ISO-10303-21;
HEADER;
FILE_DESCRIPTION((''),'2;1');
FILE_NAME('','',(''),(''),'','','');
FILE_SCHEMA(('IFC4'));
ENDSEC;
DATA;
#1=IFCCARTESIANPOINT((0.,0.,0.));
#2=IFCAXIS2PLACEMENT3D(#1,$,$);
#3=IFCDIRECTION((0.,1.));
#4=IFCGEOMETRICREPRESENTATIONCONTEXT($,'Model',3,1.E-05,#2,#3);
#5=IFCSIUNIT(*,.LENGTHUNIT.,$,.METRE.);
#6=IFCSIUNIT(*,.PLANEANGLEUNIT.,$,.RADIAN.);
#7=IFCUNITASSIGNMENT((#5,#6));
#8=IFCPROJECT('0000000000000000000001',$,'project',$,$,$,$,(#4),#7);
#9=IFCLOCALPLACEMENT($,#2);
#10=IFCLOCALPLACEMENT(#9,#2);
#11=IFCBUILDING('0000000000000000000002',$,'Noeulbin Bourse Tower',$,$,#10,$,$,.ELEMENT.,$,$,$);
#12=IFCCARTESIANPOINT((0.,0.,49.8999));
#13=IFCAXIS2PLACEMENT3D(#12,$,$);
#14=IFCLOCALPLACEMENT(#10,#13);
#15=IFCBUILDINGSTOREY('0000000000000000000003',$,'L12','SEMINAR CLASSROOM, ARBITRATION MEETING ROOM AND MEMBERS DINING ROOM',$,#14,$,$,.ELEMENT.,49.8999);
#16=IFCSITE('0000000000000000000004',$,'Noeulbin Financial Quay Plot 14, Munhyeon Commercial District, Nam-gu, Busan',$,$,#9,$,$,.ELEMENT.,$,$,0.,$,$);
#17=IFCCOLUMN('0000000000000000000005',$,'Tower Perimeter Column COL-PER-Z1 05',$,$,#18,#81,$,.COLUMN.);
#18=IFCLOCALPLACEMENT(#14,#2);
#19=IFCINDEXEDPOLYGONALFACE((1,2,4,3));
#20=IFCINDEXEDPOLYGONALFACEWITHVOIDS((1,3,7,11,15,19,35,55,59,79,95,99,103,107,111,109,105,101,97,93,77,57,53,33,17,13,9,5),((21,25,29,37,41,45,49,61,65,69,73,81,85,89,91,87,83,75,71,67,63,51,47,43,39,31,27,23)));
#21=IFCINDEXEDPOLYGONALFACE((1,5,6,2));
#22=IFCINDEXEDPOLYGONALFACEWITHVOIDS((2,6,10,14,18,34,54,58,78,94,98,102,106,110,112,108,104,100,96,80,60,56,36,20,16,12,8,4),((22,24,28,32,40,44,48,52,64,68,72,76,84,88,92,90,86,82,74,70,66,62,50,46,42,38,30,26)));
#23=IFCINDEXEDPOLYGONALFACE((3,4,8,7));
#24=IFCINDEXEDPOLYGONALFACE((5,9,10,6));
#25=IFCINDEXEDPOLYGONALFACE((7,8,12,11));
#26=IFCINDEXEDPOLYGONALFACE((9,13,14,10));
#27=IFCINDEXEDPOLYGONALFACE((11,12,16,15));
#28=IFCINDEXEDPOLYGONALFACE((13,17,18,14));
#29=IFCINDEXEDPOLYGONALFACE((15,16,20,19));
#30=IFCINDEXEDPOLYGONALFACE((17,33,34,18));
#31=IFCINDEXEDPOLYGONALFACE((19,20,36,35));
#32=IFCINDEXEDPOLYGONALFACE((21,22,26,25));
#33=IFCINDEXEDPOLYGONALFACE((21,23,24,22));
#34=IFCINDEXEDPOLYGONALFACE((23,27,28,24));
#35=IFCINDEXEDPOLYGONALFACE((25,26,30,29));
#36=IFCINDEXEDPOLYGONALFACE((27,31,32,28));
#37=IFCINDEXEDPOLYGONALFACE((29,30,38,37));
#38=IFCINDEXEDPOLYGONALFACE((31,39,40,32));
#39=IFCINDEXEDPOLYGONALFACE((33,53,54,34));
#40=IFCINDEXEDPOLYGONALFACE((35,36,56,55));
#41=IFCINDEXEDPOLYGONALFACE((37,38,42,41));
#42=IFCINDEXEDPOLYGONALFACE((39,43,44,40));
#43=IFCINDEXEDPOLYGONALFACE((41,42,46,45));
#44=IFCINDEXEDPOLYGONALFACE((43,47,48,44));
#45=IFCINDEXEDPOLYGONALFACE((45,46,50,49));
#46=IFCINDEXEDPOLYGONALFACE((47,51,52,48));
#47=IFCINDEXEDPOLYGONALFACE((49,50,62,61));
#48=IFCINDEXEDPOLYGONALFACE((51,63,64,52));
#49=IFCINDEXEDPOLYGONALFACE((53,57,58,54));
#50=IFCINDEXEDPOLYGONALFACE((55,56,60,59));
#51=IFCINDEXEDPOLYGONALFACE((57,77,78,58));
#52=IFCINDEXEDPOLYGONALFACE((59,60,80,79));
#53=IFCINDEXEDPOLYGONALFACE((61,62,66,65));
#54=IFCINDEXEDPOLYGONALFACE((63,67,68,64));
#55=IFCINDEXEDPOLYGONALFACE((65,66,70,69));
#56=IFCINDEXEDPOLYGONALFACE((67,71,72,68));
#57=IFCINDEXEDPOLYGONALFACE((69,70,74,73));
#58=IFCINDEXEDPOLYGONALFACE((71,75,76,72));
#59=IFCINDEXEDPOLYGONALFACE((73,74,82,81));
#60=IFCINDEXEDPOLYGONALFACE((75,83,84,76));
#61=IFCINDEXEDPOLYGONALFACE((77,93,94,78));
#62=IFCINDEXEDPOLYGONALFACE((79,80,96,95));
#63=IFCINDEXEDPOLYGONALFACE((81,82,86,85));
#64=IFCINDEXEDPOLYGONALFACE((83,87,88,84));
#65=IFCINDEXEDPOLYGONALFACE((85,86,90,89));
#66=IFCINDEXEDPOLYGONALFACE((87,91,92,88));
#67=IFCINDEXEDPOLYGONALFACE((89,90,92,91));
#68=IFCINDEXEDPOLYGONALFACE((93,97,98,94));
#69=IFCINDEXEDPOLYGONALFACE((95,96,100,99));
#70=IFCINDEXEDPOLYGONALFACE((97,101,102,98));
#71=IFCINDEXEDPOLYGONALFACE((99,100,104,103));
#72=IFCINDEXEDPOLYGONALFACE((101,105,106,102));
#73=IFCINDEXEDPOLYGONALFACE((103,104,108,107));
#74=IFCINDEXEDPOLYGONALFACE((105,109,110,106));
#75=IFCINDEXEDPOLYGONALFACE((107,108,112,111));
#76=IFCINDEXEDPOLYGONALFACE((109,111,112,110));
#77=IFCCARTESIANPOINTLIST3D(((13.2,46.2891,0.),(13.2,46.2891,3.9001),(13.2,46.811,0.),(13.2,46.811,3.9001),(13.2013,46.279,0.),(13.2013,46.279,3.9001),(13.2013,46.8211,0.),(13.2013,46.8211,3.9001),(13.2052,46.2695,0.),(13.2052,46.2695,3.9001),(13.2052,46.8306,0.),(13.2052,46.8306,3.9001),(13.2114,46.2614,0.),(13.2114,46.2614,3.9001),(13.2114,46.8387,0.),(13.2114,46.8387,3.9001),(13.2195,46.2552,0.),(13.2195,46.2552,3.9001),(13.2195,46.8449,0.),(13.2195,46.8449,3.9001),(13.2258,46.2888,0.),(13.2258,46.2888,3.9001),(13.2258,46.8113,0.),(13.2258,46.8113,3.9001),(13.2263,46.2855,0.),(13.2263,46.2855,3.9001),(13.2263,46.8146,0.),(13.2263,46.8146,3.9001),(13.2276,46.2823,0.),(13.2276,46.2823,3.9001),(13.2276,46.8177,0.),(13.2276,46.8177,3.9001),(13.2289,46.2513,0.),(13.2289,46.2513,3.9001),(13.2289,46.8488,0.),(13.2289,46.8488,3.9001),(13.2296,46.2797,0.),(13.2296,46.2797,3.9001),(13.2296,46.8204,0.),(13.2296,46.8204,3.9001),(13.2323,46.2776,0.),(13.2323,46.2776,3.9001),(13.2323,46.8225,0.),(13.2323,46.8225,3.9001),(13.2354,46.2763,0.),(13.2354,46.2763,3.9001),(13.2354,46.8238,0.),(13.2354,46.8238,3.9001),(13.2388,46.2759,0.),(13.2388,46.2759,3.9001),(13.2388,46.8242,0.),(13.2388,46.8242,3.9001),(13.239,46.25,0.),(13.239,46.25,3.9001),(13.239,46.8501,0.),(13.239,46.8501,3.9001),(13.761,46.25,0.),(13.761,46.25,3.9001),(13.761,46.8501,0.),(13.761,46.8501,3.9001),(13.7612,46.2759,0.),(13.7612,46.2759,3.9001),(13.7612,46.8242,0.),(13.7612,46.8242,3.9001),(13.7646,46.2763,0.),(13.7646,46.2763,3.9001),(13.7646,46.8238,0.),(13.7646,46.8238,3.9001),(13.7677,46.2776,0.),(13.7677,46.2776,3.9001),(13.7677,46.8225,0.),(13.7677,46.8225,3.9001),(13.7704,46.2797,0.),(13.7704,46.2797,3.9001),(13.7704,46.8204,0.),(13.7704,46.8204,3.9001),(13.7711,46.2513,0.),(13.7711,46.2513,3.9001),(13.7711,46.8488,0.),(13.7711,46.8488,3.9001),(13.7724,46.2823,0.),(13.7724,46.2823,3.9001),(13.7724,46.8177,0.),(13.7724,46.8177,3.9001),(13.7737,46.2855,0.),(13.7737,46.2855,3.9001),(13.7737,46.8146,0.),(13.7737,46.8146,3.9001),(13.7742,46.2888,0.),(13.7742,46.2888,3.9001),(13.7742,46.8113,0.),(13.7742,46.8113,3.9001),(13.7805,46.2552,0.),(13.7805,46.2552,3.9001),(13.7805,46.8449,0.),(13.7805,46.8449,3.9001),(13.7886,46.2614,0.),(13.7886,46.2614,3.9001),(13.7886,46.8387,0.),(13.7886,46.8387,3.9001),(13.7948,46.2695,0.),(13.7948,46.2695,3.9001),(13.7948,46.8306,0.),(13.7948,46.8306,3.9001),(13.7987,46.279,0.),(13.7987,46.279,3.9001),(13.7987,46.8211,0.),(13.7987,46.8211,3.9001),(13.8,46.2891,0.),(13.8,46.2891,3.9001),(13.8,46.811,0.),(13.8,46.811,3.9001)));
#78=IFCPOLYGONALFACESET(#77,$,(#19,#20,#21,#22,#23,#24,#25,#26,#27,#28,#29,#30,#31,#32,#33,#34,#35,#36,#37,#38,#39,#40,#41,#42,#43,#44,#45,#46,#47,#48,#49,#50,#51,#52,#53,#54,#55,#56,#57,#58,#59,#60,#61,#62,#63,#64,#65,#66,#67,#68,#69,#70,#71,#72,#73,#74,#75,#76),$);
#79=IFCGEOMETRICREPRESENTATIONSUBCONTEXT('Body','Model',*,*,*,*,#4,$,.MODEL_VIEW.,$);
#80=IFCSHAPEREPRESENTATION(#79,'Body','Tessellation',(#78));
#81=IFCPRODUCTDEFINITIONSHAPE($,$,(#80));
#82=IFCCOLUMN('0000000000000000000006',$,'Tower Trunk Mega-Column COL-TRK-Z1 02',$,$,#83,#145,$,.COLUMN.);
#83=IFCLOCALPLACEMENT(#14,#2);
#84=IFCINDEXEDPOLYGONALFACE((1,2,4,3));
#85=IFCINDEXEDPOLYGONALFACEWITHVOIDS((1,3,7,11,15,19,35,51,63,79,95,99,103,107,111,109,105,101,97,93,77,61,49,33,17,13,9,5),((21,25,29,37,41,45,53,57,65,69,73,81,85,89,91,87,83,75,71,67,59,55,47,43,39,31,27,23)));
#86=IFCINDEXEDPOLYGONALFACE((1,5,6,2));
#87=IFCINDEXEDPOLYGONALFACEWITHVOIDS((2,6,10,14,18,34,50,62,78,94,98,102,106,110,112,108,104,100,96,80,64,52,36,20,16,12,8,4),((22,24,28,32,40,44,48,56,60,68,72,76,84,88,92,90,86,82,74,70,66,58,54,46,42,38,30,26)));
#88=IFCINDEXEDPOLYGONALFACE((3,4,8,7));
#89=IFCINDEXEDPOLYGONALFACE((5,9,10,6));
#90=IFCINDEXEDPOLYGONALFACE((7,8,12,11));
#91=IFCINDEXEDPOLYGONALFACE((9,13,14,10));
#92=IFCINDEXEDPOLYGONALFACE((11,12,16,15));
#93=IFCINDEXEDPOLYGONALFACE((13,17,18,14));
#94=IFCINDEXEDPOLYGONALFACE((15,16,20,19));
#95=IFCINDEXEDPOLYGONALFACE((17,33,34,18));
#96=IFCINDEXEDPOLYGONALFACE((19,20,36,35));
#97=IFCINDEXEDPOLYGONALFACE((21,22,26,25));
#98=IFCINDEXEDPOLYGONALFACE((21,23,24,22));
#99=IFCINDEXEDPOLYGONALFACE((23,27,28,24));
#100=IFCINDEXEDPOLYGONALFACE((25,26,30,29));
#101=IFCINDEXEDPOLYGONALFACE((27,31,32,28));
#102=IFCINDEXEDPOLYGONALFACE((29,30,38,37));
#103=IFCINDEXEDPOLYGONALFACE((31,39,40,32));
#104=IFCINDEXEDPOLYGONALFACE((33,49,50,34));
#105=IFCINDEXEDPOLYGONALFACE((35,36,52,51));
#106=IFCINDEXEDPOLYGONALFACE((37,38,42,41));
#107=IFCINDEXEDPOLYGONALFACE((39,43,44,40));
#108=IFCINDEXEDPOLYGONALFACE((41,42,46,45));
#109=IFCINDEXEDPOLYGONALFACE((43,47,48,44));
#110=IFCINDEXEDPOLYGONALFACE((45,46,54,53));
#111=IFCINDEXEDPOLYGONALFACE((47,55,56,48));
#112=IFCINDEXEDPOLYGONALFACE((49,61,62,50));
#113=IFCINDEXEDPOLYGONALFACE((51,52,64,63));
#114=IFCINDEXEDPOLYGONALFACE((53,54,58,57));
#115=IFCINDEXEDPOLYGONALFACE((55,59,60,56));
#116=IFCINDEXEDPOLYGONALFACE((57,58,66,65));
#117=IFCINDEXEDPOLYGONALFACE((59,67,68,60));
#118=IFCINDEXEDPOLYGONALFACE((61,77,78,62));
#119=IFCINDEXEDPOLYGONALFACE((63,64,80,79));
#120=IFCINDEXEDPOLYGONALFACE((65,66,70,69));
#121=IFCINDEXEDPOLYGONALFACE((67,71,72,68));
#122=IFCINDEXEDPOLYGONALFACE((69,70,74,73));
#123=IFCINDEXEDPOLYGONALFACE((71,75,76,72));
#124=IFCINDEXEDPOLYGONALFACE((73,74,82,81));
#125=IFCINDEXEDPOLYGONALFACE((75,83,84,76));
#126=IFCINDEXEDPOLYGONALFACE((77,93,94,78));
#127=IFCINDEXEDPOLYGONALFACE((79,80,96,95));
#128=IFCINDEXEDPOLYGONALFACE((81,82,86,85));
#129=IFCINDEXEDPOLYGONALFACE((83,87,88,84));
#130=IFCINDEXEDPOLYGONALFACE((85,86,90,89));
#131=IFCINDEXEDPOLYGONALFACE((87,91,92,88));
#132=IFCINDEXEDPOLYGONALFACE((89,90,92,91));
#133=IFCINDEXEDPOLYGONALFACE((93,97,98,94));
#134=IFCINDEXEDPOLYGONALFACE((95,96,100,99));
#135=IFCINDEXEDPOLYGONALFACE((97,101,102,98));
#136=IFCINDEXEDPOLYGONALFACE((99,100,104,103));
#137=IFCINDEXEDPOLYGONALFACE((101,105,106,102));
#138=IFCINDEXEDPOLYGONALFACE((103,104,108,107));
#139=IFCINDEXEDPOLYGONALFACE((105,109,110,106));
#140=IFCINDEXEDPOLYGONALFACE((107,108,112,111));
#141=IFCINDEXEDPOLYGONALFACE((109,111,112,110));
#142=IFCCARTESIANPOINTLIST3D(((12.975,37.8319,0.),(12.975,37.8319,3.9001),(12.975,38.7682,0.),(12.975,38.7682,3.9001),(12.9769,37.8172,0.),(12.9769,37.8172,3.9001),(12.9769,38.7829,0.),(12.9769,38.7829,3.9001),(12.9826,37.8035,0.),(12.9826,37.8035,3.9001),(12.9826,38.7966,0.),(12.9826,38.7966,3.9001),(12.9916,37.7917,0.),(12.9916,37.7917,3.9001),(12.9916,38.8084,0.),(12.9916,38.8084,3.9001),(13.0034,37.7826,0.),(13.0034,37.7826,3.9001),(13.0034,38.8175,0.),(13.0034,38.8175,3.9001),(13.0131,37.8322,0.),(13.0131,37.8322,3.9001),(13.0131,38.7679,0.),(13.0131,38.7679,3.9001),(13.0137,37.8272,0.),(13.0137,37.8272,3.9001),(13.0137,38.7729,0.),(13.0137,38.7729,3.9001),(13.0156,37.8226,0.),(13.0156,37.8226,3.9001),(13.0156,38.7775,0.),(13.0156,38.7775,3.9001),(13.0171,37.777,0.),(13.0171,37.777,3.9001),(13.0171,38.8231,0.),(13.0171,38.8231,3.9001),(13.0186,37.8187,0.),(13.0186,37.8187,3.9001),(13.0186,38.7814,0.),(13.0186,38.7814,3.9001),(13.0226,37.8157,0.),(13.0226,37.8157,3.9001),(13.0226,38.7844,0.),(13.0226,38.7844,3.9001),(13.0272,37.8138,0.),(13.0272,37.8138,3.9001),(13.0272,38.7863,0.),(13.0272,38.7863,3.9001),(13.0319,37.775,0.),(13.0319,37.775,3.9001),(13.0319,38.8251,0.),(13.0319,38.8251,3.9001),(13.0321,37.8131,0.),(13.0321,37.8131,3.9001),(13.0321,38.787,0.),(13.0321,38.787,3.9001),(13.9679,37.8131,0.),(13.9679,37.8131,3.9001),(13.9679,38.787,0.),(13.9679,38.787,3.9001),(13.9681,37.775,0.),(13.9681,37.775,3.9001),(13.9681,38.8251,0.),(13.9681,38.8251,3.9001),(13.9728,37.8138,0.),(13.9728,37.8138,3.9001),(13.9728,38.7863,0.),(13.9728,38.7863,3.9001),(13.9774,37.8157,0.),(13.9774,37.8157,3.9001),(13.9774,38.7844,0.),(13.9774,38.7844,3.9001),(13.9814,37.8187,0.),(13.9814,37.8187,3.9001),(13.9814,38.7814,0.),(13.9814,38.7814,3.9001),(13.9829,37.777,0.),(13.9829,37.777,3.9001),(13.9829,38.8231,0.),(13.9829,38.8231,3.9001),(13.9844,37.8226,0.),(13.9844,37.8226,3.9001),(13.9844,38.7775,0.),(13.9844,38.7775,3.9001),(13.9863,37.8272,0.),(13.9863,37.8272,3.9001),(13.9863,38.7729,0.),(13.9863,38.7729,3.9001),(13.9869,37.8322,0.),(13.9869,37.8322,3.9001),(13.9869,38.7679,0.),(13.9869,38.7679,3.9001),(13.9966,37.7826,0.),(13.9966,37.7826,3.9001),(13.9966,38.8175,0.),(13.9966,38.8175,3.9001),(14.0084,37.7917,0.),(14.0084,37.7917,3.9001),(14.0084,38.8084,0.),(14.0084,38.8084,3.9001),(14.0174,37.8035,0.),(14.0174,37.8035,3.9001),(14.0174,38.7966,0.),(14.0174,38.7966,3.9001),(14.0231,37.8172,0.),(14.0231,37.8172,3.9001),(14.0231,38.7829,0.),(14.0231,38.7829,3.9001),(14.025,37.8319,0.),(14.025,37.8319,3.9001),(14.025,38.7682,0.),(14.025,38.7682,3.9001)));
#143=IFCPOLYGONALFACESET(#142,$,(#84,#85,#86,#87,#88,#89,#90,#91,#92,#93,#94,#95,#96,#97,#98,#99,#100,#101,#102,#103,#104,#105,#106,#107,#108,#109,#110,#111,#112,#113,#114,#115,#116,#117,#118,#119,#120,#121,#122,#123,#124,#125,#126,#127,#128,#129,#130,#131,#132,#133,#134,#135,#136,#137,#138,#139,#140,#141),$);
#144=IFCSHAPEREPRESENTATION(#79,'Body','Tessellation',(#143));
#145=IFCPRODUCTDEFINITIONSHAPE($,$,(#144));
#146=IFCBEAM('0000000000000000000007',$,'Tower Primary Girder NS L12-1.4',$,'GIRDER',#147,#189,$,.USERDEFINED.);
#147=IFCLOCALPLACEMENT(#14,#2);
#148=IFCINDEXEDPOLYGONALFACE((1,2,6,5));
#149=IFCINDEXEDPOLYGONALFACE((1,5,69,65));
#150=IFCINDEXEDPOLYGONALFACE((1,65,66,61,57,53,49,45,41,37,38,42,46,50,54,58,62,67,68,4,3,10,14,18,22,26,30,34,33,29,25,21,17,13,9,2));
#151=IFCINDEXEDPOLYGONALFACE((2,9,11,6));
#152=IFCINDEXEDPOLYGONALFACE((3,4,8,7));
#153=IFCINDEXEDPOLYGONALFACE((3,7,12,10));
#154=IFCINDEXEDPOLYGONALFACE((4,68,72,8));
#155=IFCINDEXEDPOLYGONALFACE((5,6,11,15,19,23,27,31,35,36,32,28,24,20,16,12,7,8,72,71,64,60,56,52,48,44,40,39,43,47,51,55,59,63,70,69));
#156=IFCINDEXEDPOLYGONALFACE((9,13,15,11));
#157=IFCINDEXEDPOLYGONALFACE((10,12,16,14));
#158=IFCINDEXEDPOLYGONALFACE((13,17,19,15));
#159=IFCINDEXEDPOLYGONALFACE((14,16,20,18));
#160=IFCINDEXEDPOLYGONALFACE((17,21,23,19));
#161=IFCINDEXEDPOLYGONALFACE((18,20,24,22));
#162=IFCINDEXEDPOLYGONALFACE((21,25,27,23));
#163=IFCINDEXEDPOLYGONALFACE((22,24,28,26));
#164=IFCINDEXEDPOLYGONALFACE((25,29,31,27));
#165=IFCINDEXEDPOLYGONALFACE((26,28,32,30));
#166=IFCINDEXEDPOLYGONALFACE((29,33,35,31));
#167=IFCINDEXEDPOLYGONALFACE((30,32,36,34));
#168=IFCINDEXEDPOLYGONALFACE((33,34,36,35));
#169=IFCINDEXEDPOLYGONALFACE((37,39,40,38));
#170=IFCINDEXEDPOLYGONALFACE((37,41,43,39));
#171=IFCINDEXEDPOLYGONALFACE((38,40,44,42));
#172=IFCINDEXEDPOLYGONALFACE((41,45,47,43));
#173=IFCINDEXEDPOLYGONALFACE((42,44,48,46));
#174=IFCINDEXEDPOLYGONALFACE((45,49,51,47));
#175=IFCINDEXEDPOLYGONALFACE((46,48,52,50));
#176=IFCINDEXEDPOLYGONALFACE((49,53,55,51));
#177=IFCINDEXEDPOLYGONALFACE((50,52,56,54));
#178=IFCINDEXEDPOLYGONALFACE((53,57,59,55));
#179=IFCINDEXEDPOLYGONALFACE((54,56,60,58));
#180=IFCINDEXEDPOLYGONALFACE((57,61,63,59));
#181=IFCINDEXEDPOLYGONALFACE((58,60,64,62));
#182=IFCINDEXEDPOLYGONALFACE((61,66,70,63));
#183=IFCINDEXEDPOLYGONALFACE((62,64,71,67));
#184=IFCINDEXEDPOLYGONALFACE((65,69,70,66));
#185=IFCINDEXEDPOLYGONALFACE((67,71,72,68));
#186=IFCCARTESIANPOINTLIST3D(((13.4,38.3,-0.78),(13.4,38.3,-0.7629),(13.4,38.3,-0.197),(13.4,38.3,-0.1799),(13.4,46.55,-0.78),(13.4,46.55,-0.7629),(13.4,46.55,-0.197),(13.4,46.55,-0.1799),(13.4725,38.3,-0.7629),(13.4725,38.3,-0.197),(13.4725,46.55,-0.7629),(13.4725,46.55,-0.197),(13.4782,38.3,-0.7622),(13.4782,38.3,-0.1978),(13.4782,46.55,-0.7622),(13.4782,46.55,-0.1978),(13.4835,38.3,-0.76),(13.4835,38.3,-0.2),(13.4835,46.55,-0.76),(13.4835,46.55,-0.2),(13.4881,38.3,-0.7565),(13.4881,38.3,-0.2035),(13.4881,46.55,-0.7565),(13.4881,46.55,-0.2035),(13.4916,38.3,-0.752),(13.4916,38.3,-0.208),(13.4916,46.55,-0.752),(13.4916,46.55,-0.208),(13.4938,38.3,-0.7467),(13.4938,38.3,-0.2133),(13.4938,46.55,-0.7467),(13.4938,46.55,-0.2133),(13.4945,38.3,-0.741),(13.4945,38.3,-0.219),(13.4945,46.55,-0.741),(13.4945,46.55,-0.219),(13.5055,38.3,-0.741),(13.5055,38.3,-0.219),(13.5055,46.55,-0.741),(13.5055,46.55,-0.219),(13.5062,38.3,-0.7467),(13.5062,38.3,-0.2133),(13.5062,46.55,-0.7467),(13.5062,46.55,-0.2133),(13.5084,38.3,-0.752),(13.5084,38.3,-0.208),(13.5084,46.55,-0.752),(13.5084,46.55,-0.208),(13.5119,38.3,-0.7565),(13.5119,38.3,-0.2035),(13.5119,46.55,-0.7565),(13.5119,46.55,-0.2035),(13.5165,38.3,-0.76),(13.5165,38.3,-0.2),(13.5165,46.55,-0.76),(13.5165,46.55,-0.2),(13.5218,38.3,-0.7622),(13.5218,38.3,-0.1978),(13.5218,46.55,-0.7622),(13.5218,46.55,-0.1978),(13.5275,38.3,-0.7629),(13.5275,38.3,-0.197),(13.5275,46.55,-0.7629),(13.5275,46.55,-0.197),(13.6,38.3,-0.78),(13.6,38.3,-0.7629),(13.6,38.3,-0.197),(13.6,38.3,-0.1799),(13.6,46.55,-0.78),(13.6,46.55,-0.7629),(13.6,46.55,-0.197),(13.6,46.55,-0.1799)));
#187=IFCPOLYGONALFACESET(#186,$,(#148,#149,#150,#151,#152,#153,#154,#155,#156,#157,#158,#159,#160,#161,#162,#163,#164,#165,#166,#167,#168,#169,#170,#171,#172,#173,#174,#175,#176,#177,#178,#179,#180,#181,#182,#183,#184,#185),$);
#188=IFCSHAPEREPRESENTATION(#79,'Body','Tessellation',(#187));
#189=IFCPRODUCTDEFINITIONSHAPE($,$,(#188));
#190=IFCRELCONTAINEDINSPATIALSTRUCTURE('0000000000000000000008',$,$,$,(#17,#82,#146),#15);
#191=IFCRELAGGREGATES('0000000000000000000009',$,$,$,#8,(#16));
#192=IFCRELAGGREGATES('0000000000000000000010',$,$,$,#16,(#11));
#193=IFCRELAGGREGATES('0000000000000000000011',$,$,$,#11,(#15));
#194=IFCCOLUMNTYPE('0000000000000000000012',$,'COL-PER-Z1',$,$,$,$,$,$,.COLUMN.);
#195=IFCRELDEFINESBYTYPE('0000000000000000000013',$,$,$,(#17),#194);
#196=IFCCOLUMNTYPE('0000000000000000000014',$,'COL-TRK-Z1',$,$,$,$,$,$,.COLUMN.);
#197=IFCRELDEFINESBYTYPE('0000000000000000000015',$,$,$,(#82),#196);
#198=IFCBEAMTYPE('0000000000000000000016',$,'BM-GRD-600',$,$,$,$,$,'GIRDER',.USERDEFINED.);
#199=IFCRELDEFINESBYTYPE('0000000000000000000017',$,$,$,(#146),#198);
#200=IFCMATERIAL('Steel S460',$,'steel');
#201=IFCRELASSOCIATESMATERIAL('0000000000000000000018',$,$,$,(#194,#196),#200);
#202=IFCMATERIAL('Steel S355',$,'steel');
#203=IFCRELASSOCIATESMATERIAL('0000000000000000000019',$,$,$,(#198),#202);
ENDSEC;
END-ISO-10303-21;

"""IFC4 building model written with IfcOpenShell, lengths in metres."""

from ifc_helpers import new_model, si_unit, direction, frame, origin, origin_2d, place, context, subcontext, project, spatial, hollow_rectangle, i_section, extrude, material, material_profile, profile_set, type_object, element, save


model = new_model("IFC4")

# Units and contexts
model_context = context("Model", 3, precision=1e-05, world=origin(), true_north=direction((0.0, 1.0)))
body_context = subcontext(model_context, "Body", "Model", "MODEL_VIEW")
ifc_project = project(units=[si_unit("LENGTHUNIT", "METRE"), si_unit("PLANEANGLEUNIT", "RADIAN")], contexts=[model_context])

# Site, building, storey
site_placement = place(None, origin())
site = spatial("IfcSite", under=ifc_project, at=site_placement, Name="Noeulbin Financial Quay Plot 14, Munhyeon Commercial District, Nam-gu, Busan", CompositionType="ELEMENT", RefElevation=0.0)
building_placement = place(site_placement, origin())
building = spatial("IfcBuilding", under=site, at=building_placement, Name="Noeulbin Bourse Tower", CompositionType="ELEMENT")
storey_placement = place(building_placement, frame((0.0, 0.0, 49.8999)))
storey = spatial("IfcBuildingStorey", under=building, at=storey_placement, Name="L12", Description="SEMINAR CLASSROOM, ARBITRATION MEETING ROOM AND MEMBERS DINING ROOM", CompositionType="ELEMENT", Elevation=49.8999)

# Columns
ifc_material_1 = material(Name="Steel S460", Category="steel")
ifc_material_profile_1 = material_profile(ifc_material_1, hollow_rectangle(XDim=0.6001, YDim=0.6001, WallThickness=0.0259, InnerFilletRadius=0.0129, OuterFilletRadius=0.0391, at=origin_2d()), Name="BOX-600x600x26", Category="LoadBearing")
ifc_profile_set_1 = profile_set([ifc_material_profile_1], Name="Steel S460")
column_type_1 = type_object("IfcColumnType", Name="COL-PER-Z1", PredefinedType="COLUMN", material=ifc_profile_set_1)
column_1_placement = place(storey_placement, frame((13.5, 46.55, 0.0), z_axis=(0.0, 0.0, 1.0), x_axis=(1.0, 0.0, 0.0)))
element("IfcColumn", 1, at=column_1_placement, inside=storey, type_object=column_type_1, Name="Tower Perimeter Column COL-PER-Z1 05", PredefinedType="COLUMN", context=body_context, shape_type="SweptSolid", body=[
    extrude(hollow_rectangle(XDim=0.6001, YDim=0.6001, WallThickness=0.0259, InnerFilletRadius=0.0129, OuterFilletRadius=0.0391, at=origin_2d()), origin(), (0.0, 0.0, 1.0), 3.9001),
])
ifc_material_profile_2 = material_profile(ifc_material_1, hollow_rectangle(XDim=1.05, YDim=1.05, WallThickness=0.0381, InnerFilletRadius=0.019, OuterFilletRadius=0.0569, at=origin_2d()), Name="BOX-1050x1050x38", Category="LoadBearing")
ifc_profile_set_2 = profile_set([ifc_material_profile_2], Name="Steel S460")
column_type_2 = type_object("IfcColumnType", Name="COL-TRK-Z1", PredefinedType="COLUMN", material=ifc_profile_set_2)
column_2_placement = place(storey_placement, frame((13.5, 38.3, 0.0), z_axis=(0.0, 0.0, 1.0), x_axis=(1.0, 0.0, 0.0)))
element("IfcColumn", 2, at=column_2_placement, inside=storey, type_object=column_type_2, Name="Tower Trunk Mega-Column COL-TRK-Z1 02", PredefinedType="COLUMN", context=body_context, shape_type="SweptSolid", body=[
    extrude(hollow_rectangle(XDim=1.05, YDim=1.05, WallThickness=0.0381, InnerFilletRadius=0.019, OuterFilletRadius=0.0569, at=origin_2d()), origin(), (0.0, 0.0, 1.0), 3.9001),
])

# Beam
ifc_material_2 = material(Name="Steel S355", Category="steel")
ifc_material_profile_3 = material_profile(ifc_material_2, i_section(OverallWidth=0.2, OverallDepth=0.6001, WebThickness=0.011, FlangeThickness=0.0171, FilletRadius=0.022, at=origin_2d()), Name="H-600x200x11x17", Category="LoadBearing")
ifc_profile_set_3 = profile_set([ifc_material_profile_3], Name="Steel S355")
beam_type_1 = type_object("IfcBeamType", Name="BM-GRD-600", ElementType="GIRDER", PredefinedType="USERDEFINED", material=ifc_profile_set_3)
beam_1_placement = place(storey_placement, frame((13.5, 38.3, -0.48), z_axis=(0.0, 1.0, 0.0), x_axis=(-1.0, 0.0, 0.0)))
element("IfcBeam", 3, at=beam_1_placement, inside=storey, type_object=beam_type_1, Name="Tower Primary Girder NS L12-1.4", ObjectType="GIRDER", PredefinedType="USERDEFINED", context=body_context, shape_type="SweptSolid", body=[
    extrude(i_section(OverallWidth=0.2, OverallDepth=0.6001, WebThickness=0.011, FlangeThickness=0.0171, FilletRadius=0.022, at=origin_2d()), origin(), (0.0, 0.0, 1.0), 8.25),
])

save(model, "model.ifc")
